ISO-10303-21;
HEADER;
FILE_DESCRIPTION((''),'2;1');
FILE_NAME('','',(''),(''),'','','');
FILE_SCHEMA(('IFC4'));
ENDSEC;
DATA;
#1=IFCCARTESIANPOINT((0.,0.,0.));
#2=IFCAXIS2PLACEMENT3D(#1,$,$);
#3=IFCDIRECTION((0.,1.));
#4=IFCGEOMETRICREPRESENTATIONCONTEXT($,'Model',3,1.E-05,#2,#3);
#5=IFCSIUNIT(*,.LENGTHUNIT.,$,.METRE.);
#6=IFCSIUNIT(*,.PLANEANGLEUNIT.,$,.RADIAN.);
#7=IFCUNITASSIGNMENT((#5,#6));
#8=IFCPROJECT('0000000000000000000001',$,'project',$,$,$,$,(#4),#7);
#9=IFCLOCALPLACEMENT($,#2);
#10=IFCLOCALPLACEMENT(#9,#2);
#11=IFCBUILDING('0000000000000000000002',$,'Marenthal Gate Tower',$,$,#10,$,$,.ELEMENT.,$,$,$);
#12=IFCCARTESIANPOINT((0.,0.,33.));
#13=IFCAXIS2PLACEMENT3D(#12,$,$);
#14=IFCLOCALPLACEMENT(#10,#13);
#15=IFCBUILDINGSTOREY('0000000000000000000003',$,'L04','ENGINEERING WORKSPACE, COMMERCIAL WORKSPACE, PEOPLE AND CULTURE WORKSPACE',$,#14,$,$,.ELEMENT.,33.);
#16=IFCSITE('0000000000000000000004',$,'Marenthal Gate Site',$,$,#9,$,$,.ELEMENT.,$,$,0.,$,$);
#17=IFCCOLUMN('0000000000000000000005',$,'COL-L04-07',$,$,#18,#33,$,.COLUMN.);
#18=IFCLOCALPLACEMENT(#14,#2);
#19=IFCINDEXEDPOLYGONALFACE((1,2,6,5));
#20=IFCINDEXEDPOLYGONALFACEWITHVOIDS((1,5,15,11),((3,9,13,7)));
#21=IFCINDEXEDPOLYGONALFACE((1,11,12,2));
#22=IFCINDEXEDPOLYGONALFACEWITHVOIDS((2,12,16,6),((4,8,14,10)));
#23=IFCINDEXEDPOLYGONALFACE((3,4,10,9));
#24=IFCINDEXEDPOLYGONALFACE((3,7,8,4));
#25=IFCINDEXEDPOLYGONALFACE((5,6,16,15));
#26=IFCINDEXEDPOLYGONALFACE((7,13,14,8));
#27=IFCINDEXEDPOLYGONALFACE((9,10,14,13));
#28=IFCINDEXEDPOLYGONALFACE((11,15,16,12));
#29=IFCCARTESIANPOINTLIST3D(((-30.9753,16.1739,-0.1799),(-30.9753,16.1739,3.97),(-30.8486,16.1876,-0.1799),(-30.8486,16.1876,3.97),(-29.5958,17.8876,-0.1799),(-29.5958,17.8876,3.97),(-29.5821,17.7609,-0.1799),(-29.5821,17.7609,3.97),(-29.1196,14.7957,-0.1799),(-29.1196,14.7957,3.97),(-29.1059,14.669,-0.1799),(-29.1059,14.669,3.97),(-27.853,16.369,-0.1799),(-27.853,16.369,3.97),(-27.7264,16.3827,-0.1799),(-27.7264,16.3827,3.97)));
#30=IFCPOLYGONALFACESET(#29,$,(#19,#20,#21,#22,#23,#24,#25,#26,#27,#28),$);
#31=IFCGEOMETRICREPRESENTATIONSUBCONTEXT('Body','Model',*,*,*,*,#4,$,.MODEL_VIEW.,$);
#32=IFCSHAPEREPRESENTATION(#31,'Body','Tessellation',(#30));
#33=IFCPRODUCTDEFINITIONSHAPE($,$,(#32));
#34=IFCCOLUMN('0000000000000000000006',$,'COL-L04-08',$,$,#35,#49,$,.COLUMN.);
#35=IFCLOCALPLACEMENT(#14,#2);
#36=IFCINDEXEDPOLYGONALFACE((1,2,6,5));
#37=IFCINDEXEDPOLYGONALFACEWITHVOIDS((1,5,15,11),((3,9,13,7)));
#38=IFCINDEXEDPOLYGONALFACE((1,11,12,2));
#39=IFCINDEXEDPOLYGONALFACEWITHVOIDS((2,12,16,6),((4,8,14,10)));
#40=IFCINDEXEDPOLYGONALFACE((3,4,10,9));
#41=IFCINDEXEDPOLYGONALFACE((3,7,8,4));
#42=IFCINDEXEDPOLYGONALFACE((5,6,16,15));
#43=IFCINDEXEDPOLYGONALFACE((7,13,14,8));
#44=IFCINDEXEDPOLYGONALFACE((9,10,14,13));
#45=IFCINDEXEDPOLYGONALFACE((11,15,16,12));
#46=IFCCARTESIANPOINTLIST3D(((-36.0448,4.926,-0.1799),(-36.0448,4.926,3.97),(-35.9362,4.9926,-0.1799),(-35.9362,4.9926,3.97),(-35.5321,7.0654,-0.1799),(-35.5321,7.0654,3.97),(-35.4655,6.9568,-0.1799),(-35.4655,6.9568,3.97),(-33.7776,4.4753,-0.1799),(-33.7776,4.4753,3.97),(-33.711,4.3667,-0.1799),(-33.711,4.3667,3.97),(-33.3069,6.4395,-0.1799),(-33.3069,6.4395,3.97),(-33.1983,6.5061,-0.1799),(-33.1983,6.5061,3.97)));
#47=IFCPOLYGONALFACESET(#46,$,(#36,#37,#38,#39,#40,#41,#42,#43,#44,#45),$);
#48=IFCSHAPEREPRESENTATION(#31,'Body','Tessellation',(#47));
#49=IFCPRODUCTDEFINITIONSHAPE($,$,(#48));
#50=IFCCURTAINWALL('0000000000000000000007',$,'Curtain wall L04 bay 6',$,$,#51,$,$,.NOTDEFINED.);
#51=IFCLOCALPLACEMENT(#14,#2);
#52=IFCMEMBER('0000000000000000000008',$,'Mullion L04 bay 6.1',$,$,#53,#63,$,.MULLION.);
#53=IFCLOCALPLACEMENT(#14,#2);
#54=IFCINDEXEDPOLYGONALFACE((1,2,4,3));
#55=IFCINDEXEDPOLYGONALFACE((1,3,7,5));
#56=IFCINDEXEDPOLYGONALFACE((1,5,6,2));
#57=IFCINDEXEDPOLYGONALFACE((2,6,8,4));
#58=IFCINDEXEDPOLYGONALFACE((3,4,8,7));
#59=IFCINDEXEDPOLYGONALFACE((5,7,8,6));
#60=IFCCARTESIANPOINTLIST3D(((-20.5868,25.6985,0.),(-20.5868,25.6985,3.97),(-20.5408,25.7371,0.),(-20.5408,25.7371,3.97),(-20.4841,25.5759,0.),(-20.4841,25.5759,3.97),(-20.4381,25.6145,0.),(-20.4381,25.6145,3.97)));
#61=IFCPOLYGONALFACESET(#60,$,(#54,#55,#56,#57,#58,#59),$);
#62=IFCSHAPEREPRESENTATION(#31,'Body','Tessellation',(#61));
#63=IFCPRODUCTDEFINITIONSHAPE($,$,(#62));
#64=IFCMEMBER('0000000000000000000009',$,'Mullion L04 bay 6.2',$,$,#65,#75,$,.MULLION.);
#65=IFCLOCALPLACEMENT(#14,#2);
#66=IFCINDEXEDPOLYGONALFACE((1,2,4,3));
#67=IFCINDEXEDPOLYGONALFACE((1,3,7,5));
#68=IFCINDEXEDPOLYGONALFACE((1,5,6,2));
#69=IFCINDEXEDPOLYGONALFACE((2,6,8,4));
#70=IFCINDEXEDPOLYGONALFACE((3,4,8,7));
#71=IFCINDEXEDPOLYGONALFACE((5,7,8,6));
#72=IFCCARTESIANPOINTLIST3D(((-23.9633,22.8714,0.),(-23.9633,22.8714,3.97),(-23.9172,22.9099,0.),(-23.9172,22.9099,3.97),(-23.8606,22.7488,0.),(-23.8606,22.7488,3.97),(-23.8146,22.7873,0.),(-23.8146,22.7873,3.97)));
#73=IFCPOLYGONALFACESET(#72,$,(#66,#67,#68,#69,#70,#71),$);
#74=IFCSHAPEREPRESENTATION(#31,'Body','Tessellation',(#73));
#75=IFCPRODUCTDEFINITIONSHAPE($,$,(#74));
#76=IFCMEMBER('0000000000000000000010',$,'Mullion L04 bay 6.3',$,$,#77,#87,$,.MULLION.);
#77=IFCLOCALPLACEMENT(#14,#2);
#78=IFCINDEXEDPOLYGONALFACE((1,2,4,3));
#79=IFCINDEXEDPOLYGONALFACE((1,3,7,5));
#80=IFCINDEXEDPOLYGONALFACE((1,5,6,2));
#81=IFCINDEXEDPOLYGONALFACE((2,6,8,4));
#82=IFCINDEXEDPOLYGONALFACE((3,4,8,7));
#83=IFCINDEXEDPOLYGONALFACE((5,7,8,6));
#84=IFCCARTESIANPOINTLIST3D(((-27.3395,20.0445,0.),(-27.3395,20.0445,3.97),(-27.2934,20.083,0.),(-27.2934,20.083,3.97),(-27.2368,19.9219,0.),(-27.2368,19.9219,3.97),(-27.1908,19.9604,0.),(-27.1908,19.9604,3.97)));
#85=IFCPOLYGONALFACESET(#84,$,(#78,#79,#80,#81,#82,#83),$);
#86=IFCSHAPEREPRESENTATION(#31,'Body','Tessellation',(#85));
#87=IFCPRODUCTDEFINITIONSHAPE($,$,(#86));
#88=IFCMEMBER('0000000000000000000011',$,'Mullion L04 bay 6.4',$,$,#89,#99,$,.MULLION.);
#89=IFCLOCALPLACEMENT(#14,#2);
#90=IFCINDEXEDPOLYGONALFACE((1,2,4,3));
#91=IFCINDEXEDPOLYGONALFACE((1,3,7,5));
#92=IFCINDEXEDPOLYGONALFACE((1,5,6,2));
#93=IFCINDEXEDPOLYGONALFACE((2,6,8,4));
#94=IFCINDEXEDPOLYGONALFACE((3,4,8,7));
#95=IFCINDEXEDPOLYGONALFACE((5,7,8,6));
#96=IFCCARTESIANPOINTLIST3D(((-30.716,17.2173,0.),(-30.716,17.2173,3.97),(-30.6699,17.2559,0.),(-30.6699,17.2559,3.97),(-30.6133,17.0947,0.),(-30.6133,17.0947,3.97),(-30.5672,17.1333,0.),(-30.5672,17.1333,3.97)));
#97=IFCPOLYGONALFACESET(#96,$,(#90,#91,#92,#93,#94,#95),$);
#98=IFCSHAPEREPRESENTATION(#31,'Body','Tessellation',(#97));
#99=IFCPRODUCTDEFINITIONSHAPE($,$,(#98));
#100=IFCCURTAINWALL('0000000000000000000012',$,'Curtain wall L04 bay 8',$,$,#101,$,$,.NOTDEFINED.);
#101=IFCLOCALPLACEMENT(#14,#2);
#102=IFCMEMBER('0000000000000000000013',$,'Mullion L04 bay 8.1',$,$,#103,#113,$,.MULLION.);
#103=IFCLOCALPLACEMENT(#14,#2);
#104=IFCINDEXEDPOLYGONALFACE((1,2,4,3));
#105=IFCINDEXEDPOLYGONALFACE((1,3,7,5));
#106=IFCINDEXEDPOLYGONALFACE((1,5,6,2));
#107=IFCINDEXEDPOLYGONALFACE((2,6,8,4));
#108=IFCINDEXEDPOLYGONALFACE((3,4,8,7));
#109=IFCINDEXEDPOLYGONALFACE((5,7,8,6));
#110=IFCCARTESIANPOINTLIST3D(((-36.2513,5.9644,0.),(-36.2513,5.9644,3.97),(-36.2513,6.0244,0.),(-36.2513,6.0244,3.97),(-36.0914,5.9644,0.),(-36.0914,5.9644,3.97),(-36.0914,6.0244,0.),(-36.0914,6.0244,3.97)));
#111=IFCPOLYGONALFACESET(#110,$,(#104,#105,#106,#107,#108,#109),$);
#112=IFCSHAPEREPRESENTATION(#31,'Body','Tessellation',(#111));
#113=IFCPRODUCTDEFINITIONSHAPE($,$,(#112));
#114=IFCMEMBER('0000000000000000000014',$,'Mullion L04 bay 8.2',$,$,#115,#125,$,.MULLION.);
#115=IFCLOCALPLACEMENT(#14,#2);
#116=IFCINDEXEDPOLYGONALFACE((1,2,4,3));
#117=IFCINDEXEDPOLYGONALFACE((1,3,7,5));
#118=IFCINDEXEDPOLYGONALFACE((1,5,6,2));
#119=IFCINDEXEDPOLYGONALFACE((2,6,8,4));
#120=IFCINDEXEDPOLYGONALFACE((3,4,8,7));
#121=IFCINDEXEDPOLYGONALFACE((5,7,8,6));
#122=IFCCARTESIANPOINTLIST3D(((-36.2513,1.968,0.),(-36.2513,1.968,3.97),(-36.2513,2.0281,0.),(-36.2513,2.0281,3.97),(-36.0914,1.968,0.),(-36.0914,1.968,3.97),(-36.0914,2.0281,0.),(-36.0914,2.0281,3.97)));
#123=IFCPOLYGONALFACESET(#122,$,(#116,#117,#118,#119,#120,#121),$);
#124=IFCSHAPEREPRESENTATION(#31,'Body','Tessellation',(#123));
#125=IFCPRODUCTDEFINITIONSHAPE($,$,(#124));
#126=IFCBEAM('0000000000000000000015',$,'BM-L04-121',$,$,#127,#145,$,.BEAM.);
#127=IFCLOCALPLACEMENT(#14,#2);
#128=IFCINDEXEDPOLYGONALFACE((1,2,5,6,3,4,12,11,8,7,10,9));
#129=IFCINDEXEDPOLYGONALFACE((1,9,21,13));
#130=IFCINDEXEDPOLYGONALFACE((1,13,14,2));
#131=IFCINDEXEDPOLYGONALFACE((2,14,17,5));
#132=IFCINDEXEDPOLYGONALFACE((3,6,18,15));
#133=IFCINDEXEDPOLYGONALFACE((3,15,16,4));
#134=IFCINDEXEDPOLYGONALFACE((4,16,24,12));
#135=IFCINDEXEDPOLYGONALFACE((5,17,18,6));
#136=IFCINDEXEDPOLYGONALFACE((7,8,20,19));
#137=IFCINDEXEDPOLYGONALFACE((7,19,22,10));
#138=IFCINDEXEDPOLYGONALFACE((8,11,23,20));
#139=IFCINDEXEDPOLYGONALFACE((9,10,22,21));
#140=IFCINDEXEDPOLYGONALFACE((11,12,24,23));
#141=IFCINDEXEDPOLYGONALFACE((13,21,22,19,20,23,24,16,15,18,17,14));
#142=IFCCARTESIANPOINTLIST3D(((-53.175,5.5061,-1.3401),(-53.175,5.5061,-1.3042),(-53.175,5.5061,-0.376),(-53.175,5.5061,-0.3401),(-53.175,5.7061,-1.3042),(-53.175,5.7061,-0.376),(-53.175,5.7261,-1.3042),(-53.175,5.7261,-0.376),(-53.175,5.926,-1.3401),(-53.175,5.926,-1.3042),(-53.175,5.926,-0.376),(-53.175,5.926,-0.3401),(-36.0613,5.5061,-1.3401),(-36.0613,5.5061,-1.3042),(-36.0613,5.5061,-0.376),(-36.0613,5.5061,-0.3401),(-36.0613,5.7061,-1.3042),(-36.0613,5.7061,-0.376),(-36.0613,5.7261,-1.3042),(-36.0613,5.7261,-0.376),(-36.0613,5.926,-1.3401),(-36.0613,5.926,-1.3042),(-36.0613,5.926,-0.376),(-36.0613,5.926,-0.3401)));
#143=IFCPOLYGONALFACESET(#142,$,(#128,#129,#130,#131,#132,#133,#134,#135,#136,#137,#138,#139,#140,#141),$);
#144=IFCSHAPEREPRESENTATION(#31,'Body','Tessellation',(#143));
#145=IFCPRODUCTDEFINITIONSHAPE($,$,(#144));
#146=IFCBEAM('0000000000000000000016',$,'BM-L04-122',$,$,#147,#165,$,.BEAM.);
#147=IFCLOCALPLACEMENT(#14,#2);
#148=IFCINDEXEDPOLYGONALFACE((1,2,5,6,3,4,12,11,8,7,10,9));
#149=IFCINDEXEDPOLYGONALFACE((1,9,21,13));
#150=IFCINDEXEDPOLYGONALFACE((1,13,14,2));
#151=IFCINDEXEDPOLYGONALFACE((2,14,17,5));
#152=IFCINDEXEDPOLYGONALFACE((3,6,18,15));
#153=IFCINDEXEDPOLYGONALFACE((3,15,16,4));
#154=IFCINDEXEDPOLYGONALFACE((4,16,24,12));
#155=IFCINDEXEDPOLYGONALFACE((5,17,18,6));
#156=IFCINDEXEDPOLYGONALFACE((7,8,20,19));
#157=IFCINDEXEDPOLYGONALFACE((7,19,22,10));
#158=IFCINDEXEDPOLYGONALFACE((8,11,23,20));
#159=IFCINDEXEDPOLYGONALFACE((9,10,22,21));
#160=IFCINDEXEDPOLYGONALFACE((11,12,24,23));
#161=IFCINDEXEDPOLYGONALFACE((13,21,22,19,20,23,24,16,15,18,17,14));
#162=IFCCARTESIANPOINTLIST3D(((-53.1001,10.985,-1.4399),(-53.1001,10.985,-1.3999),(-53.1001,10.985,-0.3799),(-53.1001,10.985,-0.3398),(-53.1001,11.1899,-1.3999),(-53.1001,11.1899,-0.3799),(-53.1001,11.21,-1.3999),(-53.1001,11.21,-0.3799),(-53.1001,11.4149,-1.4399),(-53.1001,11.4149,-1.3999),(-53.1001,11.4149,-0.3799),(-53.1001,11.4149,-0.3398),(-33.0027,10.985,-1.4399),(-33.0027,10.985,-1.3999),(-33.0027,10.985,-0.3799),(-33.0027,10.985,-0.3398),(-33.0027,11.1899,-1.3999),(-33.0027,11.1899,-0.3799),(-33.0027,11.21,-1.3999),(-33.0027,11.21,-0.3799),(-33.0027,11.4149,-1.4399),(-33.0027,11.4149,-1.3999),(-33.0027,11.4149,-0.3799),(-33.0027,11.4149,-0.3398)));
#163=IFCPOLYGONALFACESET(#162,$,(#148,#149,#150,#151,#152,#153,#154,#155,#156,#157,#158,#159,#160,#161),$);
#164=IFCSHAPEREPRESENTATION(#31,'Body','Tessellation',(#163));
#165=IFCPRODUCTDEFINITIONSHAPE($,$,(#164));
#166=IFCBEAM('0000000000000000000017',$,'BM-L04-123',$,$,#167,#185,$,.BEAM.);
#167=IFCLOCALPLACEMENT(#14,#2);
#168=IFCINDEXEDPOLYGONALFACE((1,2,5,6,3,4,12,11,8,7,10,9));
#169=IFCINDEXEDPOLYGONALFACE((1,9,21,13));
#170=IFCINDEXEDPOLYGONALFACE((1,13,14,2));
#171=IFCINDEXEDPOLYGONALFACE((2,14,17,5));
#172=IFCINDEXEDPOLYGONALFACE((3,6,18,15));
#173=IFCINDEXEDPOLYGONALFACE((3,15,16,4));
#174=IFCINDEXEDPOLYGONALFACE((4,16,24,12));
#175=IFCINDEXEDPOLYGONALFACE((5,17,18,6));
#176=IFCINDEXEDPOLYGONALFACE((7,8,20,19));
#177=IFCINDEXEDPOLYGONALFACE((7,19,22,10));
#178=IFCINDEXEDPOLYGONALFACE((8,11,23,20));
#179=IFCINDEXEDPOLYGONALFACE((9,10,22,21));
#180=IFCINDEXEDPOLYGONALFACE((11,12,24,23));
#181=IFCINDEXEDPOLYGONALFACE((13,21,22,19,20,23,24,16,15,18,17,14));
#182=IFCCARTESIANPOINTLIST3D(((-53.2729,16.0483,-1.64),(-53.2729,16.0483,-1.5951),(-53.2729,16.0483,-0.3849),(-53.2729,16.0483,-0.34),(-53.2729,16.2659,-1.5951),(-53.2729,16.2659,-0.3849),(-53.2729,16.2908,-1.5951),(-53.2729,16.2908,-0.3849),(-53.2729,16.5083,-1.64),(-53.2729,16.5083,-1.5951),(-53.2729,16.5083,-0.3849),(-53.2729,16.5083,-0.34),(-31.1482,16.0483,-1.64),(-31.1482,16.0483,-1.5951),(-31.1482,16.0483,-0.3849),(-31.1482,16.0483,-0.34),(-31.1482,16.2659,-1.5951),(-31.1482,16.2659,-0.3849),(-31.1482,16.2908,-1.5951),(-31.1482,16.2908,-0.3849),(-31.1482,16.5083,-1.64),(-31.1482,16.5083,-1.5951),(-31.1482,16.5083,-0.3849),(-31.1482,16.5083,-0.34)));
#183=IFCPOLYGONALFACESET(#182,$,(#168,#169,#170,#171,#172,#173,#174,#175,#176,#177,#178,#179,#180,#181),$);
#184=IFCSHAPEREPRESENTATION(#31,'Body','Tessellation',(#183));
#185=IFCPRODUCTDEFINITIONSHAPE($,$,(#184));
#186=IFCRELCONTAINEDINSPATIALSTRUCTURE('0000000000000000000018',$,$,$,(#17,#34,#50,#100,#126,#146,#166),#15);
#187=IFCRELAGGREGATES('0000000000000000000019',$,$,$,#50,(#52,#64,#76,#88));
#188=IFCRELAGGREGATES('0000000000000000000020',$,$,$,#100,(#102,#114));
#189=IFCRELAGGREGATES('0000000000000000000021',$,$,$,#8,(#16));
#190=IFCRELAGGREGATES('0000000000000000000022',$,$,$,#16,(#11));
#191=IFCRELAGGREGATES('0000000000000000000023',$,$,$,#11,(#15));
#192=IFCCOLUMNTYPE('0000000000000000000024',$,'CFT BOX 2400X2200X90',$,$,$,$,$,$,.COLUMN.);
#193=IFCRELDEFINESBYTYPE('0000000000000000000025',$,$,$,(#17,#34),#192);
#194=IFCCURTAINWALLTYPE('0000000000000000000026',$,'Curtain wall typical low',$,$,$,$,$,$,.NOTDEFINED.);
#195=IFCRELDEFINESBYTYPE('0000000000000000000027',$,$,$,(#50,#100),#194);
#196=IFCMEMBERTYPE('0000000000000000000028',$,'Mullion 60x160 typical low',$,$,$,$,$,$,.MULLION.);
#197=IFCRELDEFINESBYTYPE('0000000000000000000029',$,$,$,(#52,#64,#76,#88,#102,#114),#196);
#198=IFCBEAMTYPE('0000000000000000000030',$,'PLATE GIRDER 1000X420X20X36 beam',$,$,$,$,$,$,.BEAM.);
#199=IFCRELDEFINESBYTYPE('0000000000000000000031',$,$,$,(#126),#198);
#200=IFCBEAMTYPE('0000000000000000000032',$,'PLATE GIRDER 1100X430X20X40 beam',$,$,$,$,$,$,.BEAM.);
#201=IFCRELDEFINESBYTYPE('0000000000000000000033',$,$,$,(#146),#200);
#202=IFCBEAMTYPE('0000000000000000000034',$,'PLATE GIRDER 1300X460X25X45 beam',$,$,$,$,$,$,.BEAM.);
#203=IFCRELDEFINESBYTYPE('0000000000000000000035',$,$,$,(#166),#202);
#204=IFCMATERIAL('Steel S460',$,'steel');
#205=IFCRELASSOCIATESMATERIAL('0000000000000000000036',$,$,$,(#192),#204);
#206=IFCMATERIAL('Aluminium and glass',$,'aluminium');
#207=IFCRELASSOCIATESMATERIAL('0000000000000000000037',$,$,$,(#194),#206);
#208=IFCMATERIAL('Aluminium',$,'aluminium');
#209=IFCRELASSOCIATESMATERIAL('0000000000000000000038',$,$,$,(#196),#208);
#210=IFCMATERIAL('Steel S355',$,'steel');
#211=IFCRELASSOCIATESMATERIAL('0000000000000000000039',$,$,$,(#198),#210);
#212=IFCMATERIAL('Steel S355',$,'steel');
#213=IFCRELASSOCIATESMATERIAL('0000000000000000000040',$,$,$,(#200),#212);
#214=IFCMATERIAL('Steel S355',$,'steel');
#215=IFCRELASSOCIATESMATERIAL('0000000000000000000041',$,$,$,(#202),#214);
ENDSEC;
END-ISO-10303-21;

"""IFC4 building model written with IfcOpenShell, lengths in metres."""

from ifc_helpers import new_model, si_unit, direction, frame, origin, origin_2d, place, context, subcontext, project, spatial, rectangle, hollow_rectangle, i_section, extrude, material, material_profile, profile_set, type_object, element, aggregate, save


model = new_model("IFC4")

# Units and contexts
model_context = context("Model", 3, precision=1e-05, world=origin(), true_north=direction((0.0, 1.0)))
body_context = subcontext(model_context, "Body", "Model", "MODEL_VIEW")
ifc_project = project(units=[si_unit("LENGTHUNIT", "METRE"), si_unit("PLANEANGLEUNIT", "RADIAN")], contexts=[model_context])

# Site, building, storey
site_placement = place(None, origin())
site = spatial("IfcSite", under=ifc_project, at=site_placement, Name="Marenthal Gate Site", CompositionType="ELEMENT", RefElevation=0.0)
building_placement = place(site_placement, origin())
building = spatial("IfcBuilding", under=site, at=building_placement, Name="Marenthal Gate Tower", CompositionType="ELEMENT")
storey_placement = place(building_placement, frame((0.0, 0.0, 33.0)))
storey = spatial("IfcBuildingStorey", under=building, at=storey_placement, Name="L04", Description="ENGINEERING WORKSPACE, COMMERCIAL WORKSPACE, PEOPLE AND CULTURE WORKSPACE", CompositionType="ELEMENT", Elevation=33.0)

# Columns
ifc_material_1 = material(Name="Steel S460", Category="steel")
ifc_material_profile_1 = material_profile(ifc_material_1, hollow_rectangle(XDim=2.2, YDim=2.3999, WallThickness=0.0901, at=origin_2d()), Name="CFT BOX 2400X2200X90")
ifc_material_2 = material(Name="Concrete 70 MPa", Category="concrete")
ifc_material_profile_2 = material_profile(ifc_material_2, rectangle(XDim=2.02, YDim=2.22, at=origin_2d()), Name="CFT BOX 2400X2200X90 INFILL")
ifc_profile_set_1 = profile_set([ifc_material_profile_1, ifc_material_profile_2], Name="Steel S460 shell, Concrete 70 MPa infill")
column_type = type_object("IfcColumnType", Name="CFT BOX 2400X2200X90", PredefinedType="COLUMN", material=ifc_profile_set_1)
for number, where, z_axis, x_axis, name in (
    (1, (-29.3508, 16.2783, -0.1799), (0.0, 0.0, 1.0), (0.62707, 0.778963, 0.0), "COL-L04-07"),
    (2, (-34.6216, 5.7161, -0.1799), (0.0, 0.0, 1.0), (0.233047, 0.972466, 0.0), "COL-L04-08"),
):
    element("IfcColumn", number, at=place(storey_placement, frame(where, z_axis=z_axis, x_axis=x_axis)), inside=storey, type_object=column_type, Name=name, PredefinedType="COLUMN", context=body_context, shape_type="SweptSolid", body=[
        extrude(hollow_rectangle(XDim=2.2, YDim=2.3999, WallThickness=0.0901, at=origin_2d()), origin(), (0.0, 0.0, 1.0), 4.1499),
    ])

# Curtain walls, members
ifc_material_3 = material(Name="Aluminium and glass", Category="aluminium")
curtain_wall_type = type_object("IfcCurtainWallType", Name="Curtain wall typical low", PredefinedType="NOTDEFINED", material=ifc_material_3)
curtain_wall_1_placement = place(storey_placement, origin())
curtain_wall_1 = element("IfcCurtainWall", 3, at=curtain_wall_1_placement, inside=storey, type_object=curtain_wall_type, Name="Curtain wall L04 bay 6", PredefinedType="NOTDEFINED")
ifc_material_4 = material(Name="Aluminium", Category="aluminium")
ifc_material_profile_3 = material_profile(ifc_material_4, rectangle(XDim=0.1599, YDim=0.0601, at=origin_2d()), Name="60x160 aluminium mullion")
ifc_profile_set_2 = profile_set([ifc_material_profile_3], Name="Aluminium")
member_type_1 = type_object("IfcMemberType", Name="Mullion 60x160 typical low", PredefinedType="MULLION", material=ifc_profile_set_2)
member_1_placement = place(storey_placement, frame((-20.5125, 25.6565, 0.0), z_axis=(0.0, 0.0, 1.0), x_axis=(0.641982, -0.76672, 0.0)))
member_1 = element("IfcMember", 4, at=member_1_placement, type_object=member_type_1, Name="Mullion L04 bay 6.1", PredefinedType="MULLION", context=body_context, shape_type="SweptSolid", body=[
    extrude(rectangle(XDim=0.1599, YDim=0.0601, at=origin_2d()), origin(), (0.0, 0.0, 1.0), 3.97),
])
member_2_placement = place(storey_placement, frame((-23.8889, 22.8293, 0.0), z_axis=(0.0, 0.0, 1.0), x_axis=(0.641982, -0.76672, 0.0)))
member_2 = element("IfcMember", 5, at=member_2_placement, type_object=member_type_1, Name="Mullion L04 bay 6.2", PredefinedType="MULLION", context=body_context, shape_type="SweptSolid", body=[
    extrude(rectangle(XDim=0.1599, YDim=0.0601, at=origin_2d()), origin(), (0.0, 0.0, 1.0), 3.97),
])
member_3_placement = place(storey_placement, frame((-27.2651, 20.0024, 0.0), z_axis=(0.0, 0.0, 1.0), x_axis=(0.641982, -0.76672, 0.0)))
member_3 = element("IfcMember", 6, at=member_3_placement, type_object=member_type_1, Name="Mullion L04 bay 6.3", PredefinedType="MULLION", context=body_context, shape_type="SweptSolid", body=[
    extrude(rectangle(XDim=0.1599, YDim=0.0601, at=origin_2d()), origin(), (0.0, 0.0, 1.0), 3.97),
])
member_4_placement = place(storey_placement, frame((-30.6416, 17.1753, 0.0), z_axis=(0.0, 0.0, 1.0), x_axis=(0.641982, -0.76672, 0.0)))
member_4 = element("IfcMember", 7, at=member_4_placement, type_object=member_type_1, Name="Mullion L04 bay 6.4", PredefinedType="MULLION", context=body_context, shape_type="SweptSolid", body=[
    extrude(rectangle(XDim=0.1599, YDim=0.0601, at=origin_2d()), origin(), (0.0, 0.0, 1.0), 3.97),
])
curtain_wall_2_placement = place(storey_placement, origin())
curtain_wall_2 = element("IfcCurtainWall", 8, at=curtain_wall_2_placement, inside=storey, type_object=curtain_wall_type, Name="Curtain wall L04 bay 8", PredefinedType="NOTDEFINED")
member_5_placement = place(storey_placement, frame((-36.1714, 5.9944, 0.0), z_axis=(0.0, 0.0, 1.0), x_axis=(1.0, 0.0, 0.0)))
member_5 = element("IfcMember", 9, at=member_5_placement, type_object=member_type_1, Name="Mullion L04 bay 8.1", PredefinedType="MULLION", context=body_context, shape_type="SweptSolid", body=[
    extrude(rectangle(XDim=0.1599, YDim=0.0601, at=origin_2d()), origin(), (0.0, 0.0, 1.0), 3.97),
])
member_6_placement = place(storey_placement, frame((-36.1714, 1.998, 0.0), z_axis=(0.0, 0.0, 1.0), x_axis=(1.0, 0.0, 0.0)))
member_6 = element("IfcMember", 10, at=member_6_placement, type_object=member_type_1, Name="Mullion L04 bay 8.2", PredefinedType="MULLION", context=body_context, shape_type="SweptSolid", body=[
    extrude(rectangle(XDim=0.1599, YDim=0.0601, at=origin_2d()), origin(), (0.0, 0.0, 1.0), 3.97),
])

# Beams
ifc_material_5 = material(Name="Steel S355", Category="steel")
ifc_material_profile_4 = material_profile(ifc_material_5, i_section(OverallWidth=0.4199, OverallDepth=1.0, WebThickness=0.02, FlangeThickness=0.0359, at=origin_2d()), Name="PLATE GIRDER 1000X420X20X36")
ifc_profile_set_3 = profile_set([ifc_material_profile_4], Name="Steel S355")
beam_type_1 = type_object("IfcBeamType", Name="PLATE GIRDER 1000X420X20X36 beam", PredefinedType="BEAM", material=ifc_profile_set_3)
beam_1_placement = place(storey_placement, frame((-36.0613, 5.7161, -0.8401), z_axis=(-1.0, 0.0, 0.0), x_axis=(0.0, -1.0, 0.0)))
element("IfcBeam", 11, at=beam_1_placement, inside=storey, type_object=beam_type_1, Name="BM-L04-121", PredefinedType="BEAM", context=body_context, shape_type="SweptSolid", body=[
    extrude(i_section(OverallWidth=0.4199, OverallDepth=1.0, WebThickness=0.02, FlangeThickness=0.0359, at=origin_2d()), origin(), (0.0, 0.0, 1.0), 17.1138),
])
ifc_material_6 = material(Name="Steel S355", Category="steel")
ifc_material_profile_5 = material_profile(ifc_material_6, i_section(OverallWidth=0.4299, OverallDepth=1.1001, WebThickness=0.02, FlangeThickness=0.04, at=origin_2d()), Name="PLATE GIRDER 1100X430X20X40")
ifc_profile_set_4 = profile_set([ifc_material_profile_5], Name="Steel S355")
beam_type_2 = type_object("IfcBeamType", Name="PLATE GIRDER 1100X430X20X40 beam", PredefinedType="BEAM", material=ifc_profile_set_4)
beam_2_placement = place(storey_placement, frame((-33.0027, 11.2, -0.8899), z_axis=(-1.0, 0.0, 0.0), x_axis=(0.0, -1.0, 0.0)))
element("IfcBeam", 12, at=beam_2_placement, inside=storey, type_object=beam_type_2, Name="BM-L04-122", PredefinedType="BEAM", context=body_context, shape_type="SweptSolid", body=[
    extrude(i_section(OverallWidth=0.4299, OverallDepth=1.1001, WebThickness=0.02, FlangeThickness=0.04, at=origin_2d()), origin(), (0.0, 0.0, 1.0), 20.0974),
])
ifc_material_7 = material(Name="Steel S355", Category="steel")
ifc_material_profile_6 = material_profile(ifc_material_7, i_section(OverallWidth=0.46, OverallDepth=1.3, WebThickness=0.0249, FlangeThickness=0.0449, at=origin_2d()), Name="PLATE GIRDER 1300X460X25X45")
ifc_profile_set_5 = profile_set([ifc_material_profile_6], Name="Steel S355")
beam_type_3 = type_object("IfcBeamType", Name="PLATE GIRDER 1300X460X25X45 beam", PredefinedType="BEAM", material=ifc_profile_set_5)
beam_3_placement = place(storey_placement, frame((-31.1482, 16.2783, -0.99), z_axis=(-1.0, 0.0, 0.0), x_axis=(0.0, -1.0, 0.0)))
element("IfcBeam", 13, at=beam_3_placement, inside=storey, type_object=beam_type_3, Name="BM-L04-123", PredefinedType="BEAM", context=body_context, shape_type="SweptSolid", body=[
    extrude(i_section(OverallWidth=0.46, OverallDepth=1.3, WebThickness=0.0249, FlangeThickness=0.0449, at=origin_2d()), origin(), (0.0, 0.0, 1.0), 22.1248),
])

aggregate(curtain_wall_1, [member_1, member_2, member_3, member_4])
aggregate(curtain_wall_2, [member_5, member_6])

save(model, "model.ifc")
